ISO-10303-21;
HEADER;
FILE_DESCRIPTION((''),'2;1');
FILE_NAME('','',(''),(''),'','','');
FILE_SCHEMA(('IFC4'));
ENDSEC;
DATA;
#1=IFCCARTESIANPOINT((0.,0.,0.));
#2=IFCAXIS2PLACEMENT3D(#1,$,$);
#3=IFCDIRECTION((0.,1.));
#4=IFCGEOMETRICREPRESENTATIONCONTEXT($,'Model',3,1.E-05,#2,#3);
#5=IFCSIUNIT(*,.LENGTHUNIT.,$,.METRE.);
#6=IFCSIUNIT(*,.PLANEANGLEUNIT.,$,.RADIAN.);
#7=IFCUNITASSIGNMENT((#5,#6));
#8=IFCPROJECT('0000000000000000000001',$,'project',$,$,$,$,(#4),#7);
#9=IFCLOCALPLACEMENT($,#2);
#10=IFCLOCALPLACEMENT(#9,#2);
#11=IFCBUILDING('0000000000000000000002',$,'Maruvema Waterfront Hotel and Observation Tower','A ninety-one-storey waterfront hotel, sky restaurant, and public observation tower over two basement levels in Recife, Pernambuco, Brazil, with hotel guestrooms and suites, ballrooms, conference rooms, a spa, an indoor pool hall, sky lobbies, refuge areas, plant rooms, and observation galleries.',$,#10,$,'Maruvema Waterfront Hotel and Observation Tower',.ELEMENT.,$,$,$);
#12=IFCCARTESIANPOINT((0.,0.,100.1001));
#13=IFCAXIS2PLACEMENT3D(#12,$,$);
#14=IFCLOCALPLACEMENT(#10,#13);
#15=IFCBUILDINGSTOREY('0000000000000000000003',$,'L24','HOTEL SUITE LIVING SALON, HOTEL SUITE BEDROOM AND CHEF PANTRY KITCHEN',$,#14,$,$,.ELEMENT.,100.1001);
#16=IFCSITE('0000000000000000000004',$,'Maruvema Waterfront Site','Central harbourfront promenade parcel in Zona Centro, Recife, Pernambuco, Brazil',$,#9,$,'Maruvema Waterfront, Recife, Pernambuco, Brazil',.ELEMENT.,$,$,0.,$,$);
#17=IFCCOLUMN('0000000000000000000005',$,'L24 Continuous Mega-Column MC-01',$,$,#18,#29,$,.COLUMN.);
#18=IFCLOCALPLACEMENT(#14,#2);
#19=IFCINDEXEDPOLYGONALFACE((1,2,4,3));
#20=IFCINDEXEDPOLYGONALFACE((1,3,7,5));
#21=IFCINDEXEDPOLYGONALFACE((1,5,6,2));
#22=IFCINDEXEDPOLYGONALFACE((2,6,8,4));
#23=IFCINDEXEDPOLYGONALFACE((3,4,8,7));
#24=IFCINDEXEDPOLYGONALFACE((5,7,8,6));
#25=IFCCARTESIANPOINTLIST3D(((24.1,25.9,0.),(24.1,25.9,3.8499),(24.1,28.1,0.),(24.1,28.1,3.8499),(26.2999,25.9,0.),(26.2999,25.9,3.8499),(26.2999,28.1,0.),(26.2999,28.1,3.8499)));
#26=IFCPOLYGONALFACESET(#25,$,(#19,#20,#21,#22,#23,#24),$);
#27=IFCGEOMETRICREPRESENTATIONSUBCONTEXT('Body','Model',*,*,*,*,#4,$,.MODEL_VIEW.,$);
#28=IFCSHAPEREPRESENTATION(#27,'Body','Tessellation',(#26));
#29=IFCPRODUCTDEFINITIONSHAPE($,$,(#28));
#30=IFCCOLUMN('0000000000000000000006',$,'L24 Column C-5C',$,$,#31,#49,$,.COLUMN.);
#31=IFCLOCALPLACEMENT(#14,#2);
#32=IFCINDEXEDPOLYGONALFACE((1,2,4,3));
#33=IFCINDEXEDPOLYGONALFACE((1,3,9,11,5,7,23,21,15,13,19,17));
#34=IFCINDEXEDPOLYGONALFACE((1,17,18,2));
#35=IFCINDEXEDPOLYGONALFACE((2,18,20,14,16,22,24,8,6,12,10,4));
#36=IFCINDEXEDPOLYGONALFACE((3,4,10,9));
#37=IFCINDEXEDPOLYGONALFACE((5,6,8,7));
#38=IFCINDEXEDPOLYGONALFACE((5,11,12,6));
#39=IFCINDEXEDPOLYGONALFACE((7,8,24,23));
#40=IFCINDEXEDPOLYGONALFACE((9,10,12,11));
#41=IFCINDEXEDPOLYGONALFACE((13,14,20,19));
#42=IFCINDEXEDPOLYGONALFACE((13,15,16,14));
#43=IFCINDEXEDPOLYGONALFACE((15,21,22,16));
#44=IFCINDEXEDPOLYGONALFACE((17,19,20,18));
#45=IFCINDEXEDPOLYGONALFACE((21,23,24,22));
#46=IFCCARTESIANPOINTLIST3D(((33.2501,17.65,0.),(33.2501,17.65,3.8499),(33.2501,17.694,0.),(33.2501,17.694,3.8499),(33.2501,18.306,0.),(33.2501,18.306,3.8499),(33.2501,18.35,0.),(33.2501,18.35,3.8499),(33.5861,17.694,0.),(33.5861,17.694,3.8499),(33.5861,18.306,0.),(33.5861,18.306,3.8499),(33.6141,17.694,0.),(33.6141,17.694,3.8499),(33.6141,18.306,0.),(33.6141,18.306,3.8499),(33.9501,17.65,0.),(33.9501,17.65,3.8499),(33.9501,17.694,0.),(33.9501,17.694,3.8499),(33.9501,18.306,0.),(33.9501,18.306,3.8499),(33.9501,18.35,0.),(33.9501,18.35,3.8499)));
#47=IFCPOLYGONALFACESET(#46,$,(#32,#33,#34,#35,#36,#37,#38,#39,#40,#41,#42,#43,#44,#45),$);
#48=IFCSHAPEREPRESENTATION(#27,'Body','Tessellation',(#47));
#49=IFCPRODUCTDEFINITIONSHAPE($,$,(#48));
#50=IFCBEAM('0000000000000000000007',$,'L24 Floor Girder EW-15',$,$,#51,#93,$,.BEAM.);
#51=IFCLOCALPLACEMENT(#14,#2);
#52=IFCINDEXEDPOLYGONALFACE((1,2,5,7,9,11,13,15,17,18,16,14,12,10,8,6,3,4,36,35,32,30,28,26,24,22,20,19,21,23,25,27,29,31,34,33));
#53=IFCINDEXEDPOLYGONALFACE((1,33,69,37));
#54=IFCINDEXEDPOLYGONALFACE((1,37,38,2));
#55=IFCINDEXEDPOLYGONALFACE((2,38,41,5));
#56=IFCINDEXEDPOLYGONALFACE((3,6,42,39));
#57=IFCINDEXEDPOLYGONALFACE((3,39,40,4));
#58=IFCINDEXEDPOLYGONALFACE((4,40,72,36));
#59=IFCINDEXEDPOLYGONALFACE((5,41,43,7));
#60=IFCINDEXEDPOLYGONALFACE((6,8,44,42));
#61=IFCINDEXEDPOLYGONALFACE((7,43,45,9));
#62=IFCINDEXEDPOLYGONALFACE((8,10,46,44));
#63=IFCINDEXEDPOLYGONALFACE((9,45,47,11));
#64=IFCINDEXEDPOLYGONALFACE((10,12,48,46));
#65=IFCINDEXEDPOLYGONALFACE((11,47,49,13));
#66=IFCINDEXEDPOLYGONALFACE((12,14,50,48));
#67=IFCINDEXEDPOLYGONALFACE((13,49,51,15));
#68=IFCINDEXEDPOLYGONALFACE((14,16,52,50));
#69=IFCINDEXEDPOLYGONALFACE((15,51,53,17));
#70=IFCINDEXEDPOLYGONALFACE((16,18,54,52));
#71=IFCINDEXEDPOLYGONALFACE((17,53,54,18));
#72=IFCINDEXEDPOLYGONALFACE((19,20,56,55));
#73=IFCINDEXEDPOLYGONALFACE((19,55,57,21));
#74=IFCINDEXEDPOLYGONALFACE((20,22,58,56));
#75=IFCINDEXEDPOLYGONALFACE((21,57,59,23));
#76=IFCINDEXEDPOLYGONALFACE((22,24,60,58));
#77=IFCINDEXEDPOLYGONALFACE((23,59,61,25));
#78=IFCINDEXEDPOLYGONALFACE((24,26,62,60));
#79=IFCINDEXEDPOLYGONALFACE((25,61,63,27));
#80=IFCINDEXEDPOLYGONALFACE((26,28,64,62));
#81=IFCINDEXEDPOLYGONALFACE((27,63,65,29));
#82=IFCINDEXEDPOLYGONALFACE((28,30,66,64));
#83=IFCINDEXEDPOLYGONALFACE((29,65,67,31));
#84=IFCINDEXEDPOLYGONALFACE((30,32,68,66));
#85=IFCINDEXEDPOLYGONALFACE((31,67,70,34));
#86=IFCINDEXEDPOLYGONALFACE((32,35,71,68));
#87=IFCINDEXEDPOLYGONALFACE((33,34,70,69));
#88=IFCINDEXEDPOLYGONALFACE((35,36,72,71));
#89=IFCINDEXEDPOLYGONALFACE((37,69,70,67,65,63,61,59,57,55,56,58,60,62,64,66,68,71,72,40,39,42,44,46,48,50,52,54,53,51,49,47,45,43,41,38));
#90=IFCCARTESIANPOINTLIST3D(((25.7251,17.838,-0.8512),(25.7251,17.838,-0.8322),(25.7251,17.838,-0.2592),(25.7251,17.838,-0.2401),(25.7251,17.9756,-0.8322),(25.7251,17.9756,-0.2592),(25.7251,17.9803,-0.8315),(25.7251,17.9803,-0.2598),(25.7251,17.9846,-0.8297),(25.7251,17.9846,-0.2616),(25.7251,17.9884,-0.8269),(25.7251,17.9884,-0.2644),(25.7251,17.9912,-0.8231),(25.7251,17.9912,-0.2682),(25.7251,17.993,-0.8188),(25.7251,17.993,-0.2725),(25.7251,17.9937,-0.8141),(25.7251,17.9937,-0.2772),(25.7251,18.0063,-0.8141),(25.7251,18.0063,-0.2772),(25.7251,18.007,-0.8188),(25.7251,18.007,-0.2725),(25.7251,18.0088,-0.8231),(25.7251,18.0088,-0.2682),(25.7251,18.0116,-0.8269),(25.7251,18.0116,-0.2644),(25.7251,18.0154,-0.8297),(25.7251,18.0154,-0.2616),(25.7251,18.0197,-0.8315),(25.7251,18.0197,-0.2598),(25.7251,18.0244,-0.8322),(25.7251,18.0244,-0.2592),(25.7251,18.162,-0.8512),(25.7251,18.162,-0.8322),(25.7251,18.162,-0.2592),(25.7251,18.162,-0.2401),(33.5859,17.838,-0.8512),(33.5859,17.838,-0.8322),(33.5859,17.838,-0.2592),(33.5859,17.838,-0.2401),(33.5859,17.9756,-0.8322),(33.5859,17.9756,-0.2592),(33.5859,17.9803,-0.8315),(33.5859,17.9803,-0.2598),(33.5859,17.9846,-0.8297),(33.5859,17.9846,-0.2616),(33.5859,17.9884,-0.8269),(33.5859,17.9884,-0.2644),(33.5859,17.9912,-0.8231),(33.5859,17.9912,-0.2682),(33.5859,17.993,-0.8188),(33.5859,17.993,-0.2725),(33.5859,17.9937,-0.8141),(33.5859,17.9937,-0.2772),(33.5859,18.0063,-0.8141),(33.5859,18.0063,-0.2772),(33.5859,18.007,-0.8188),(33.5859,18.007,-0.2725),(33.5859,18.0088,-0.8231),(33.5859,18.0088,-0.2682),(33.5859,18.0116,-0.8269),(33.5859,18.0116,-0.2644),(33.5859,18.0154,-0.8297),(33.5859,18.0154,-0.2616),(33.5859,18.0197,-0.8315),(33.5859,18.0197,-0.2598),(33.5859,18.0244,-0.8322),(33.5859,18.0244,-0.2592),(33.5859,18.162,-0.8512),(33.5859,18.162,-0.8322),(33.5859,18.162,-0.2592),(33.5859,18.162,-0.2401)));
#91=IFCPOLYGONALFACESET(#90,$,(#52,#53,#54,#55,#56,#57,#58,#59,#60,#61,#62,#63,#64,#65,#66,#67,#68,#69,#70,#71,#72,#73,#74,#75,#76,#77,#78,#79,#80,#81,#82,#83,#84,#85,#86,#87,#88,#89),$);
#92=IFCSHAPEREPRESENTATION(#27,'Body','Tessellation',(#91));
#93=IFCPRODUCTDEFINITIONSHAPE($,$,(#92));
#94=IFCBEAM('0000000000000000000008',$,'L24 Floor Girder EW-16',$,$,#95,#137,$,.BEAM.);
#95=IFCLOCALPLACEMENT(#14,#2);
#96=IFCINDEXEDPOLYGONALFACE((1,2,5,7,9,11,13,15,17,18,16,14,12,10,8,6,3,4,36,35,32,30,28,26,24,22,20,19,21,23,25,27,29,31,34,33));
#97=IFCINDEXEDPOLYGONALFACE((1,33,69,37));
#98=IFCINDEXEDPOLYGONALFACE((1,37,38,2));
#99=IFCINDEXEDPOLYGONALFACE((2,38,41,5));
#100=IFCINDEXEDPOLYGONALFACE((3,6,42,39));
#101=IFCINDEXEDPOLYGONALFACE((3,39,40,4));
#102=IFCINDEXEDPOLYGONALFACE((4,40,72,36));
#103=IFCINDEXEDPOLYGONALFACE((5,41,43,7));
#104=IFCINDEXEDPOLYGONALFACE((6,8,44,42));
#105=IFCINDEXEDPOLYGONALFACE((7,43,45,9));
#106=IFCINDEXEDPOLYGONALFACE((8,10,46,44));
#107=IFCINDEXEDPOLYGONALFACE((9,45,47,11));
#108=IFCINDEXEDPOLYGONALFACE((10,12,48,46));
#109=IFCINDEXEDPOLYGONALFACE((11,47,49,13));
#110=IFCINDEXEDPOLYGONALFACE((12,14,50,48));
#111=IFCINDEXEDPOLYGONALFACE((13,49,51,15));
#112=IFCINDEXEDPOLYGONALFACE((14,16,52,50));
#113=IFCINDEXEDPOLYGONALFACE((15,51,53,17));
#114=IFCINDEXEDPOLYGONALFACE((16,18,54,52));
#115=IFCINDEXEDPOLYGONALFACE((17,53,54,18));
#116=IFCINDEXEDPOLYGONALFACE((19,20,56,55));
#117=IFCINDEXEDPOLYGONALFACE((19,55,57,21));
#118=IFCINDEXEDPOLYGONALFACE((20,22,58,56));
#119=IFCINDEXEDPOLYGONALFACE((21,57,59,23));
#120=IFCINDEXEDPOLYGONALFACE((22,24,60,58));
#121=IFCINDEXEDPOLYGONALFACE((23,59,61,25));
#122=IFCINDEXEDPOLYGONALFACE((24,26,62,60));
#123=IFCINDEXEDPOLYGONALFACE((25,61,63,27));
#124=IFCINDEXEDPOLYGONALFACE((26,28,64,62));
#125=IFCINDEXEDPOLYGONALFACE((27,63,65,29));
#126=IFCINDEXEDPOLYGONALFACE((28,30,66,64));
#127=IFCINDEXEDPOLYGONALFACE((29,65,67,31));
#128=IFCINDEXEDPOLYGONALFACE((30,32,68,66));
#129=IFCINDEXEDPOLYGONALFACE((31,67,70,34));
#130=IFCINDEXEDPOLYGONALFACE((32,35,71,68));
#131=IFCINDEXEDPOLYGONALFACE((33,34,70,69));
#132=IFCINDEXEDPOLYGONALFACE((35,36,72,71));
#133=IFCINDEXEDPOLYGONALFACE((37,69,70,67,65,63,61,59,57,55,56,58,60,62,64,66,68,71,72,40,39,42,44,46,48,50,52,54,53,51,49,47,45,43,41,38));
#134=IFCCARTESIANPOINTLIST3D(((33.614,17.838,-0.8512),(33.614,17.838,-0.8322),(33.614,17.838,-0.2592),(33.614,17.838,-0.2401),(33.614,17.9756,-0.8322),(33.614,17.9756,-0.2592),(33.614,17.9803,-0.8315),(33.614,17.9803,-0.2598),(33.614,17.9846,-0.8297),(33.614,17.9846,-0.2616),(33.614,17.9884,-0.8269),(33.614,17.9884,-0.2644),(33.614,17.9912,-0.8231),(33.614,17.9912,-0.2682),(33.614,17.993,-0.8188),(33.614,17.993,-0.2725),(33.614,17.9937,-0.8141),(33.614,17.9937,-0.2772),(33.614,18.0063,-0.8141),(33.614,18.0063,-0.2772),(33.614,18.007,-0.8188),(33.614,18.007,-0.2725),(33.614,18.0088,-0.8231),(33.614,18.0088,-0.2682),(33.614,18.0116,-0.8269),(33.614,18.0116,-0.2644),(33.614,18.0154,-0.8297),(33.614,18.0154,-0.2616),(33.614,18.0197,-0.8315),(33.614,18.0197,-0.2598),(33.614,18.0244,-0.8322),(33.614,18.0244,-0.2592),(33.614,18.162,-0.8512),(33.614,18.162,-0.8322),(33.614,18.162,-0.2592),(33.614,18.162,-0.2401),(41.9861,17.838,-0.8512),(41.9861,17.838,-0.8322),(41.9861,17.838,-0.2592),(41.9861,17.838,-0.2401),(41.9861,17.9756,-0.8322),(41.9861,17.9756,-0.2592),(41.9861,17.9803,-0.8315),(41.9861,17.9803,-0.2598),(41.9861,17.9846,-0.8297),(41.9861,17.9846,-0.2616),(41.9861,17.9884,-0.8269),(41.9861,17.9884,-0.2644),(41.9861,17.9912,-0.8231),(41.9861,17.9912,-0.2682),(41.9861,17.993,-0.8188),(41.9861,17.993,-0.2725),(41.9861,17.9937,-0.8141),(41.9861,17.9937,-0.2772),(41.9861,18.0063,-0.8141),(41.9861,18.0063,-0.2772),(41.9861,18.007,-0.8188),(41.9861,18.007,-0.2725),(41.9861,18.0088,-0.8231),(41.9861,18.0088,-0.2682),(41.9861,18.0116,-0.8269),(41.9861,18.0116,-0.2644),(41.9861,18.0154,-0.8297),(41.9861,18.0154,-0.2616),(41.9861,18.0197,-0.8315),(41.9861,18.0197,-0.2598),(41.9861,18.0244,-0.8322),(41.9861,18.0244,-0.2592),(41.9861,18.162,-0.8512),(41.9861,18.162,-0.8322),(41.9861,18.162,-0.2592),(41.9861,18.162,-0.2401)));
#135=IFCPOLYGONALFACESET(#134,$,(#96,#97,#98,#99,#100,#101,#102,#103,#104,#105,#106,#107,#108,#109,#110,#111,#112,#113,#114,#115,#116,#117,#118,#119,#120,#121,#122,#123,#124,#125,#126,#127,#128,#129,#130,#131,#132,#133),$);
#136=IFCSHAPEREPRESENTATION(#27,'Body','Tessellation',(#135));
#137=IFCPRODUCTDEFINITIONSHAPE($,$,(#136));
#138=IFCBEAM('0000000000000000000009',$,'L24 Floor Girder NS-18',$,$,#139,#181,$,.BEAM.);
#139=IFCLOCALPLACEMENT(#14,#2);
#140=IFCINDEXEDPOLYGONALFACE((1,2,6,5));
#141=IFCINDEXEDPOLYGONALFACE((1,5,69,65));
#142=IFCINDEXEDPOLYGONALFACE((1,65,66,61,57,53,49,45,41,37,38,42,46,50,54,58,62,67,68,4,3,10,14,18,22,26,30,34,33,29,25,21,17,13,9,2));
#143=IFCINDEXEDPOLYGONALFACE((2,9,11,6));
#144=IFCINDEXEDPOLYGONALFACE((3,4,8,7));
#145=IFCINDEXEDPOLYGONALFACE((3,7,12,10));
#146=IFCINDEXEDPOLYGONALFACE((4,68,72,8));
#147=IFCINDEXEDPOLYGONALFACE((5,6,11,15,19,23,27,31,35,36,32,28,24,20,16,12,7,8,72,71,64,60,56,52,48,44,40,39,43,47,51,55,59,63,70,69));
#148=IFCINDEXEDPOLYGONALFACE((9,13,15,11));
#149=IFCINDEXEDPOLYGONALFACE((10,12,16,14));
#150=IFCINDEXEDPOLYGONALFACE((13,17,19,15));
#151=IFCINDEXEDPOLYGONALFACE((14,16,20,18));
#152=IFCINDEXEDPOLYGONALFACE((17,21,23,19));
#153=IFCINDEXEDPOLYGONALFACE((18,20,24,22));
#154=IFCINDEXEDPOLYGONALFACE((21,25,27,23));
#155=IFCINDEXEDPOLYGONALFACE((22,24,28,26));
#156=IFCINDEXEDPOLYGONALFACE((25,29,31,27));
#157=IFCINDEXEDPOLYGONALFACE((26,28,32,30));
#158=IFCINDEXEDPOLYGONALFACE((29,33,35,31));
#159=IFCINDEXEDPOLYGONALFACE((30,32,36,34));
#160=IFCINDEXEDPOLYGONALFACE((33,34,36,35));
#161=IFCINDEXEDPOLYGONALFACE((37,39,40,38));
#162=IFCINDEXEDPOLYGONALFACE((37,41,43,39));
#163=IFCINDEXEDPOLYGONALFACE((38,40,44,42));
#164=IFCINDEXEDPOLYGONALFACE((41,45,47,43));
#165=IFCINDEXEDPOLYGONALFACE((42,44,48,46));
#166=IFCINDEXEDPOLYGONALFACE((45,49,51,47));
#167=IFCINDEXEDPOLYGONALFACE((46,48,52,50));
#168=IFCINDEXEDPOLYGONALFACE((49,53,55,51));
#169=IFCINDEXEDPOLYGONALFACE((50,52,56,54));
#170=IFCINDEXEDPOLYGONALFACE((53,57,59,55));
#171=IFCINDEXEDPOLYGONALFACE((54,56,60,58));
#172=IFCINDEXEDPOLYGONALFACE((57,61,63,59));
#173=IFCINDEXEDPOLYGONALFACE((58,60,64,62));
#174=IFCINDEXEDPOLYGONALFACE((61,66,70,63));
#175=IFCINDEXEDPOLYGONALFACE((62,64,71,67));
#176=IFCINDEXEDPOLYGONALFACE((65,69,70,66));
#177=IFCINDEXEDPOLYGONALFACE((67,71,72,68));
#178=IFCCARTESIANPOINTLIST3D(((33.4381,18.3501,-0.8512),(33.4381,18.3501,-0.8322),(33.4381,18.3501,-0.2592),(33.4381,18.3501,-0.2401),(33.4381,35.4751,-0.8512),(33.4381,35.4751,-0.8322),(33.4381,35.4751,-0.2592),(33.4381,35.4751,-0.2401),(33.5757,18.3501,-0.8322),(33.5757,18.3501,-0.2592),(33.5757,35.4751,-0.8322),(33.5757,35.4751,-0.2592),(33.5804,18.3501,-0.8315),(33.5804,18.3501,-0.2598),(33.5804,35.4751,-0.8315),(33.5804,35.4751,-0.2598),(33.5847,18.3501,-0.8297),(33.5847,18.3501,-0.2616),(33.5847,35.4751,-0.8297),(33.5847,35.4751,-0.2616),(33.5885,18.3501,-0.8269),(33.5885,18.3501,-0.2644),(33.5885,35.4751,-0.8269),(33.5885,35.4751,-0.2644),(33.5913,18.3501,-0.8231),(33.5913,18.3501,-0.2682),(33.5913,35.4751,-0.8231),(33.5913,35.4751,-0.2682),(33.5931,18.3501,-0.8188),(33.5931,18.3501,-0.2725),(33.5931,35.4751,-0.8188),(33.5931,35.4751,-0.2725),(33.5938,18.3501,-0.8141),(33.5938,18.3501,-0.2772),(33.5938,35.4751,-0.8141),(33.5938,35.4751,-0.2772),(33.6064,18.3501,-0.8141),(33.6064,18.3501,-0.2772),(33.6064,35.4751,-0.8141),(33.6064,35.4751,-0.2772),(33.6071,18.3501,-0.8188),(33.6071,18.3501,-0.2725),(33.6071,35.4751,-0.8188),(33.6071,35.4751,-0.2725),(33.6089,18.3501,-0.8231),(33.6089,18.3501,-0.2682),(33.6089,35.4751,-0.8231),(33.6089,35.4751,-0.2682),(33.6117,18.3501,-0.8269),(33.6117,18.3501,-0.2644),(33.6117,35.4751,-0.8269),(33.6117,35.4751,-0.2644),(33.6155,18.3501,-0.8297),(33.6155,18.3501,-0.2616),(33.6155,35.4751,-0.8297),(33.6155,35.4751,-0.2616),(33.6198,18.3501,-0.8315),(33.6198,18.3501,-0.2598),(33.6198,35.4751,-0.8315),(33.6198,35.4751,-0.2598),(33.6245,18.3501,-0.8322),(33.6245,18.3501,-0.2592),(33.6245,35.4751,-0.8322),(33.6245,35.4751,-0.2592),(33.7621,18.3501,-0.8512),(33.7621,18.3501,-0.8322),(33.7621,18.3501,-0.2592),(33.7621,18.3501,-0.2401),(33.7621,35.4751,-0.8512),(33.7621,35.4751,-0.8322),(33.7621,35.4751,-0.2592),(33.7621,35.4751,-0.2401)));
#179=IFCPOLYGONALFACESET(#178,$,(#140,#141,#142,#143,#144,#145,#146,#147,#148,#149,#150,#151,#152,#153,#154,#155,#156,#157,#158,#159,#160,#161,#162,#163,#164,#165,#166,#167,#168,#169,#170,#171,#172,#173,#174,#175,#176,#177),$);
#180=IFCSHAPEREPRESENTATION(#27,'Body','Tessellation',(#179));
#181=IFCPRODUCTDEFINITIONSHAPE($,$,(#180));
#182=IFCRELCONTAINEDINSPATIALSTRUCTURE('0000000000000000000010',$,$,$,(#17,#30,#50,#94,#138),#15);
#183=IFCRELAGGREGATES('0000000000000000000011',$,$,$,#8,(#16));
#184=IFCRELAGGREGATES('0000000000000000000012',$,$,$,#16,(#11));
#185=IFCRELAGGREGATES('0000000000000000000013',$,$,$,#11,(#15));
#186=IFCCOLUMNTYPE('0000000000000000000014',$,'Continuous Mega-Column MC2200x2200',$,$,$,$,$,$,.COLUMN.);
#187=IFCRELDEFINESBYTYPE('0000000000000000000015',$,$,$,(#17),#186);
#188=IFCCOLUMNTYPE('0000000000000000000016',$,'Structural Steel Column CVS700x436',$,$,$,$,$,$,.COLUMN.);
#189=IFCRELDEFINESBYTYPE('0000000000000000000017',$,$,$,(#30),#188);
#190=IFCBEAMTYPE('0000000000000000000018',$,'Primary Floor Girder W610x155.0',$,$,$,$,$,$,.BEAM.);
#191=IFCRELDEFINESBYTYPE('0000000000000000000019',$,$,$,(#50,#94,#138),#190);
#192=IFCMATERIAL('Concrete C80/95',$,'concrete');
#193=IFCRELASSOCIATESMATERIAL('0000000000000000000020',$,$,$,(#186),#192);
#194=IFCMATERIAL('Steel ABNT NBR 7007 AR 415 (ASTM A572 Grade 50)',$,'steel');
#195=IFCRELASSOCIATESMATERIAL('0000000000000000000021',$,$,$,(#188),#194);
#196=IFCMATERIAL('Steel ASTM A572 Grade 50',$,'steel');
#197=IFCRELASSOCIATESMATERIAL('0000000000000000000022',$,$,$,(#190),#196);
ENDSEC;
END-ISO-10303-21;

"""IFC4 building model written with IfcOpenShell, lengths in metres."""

from ifc_helpers import new_model, si_unit, direction, frame, origin, origin_2d, place, context, subcontext, project, spatial, rectangle, i_section, extrude, material, material_profile, profile_set, type_object, element, save


model = new_model("IFC4")

# Units and contexts
model_context = context("Model", 3, precision=1e-05, world=origin(), true_north=direction((0.0, 1.0)))
body_context = subcontext(model_context, "Body", "Model", "MODEL_VIEW")
ifc_project = project(units=[si_unit("LENGTHUNIT", "METRE"), si_unit("PLANEANGLEUNIT", "RADIAN")], contexts=[model_context])

# Site, building, storey
site_placement = place(None, origin())
site = spatial("IfcSite", under=ifc_project, at=site_placement, Name="Maruvema Waterfront Site", Description="Central harbourfront promenade parcel in Zona Centro, Recife, Pernambuco, Brazil", LongName="Maruvema Waterfront, Recife, Pernambuco, Brazil", CompositionType="ELEMENT", RefElevation=0.0)
building_placement = place(site_placement, origin())
building = spatial("IfcBuilding", under=site, at=building_placement, Name="Maruvema Waterfront Hotel and Observation Tower", Description="A ninety-one-storey waterfront hotel, sky restaurant, and public observation tower over two basement levels in Recife, Pernambuco, Brazil, with hotel guestrooms and suites, ballrooms, conference rooms, a spa, an indoor pool hall, sky lobbies, refuge areas, plant rooms, and observation galleries.", LongName="Maruvema Waterfront Hotel and Observation Tower", CompositionType="ELEMENT")
storey_placement = place(building_placement, frame((0.0, 0.0, 100.1001)))
storey = spatial("IfcBuildingStorey", under=building, at=storey_placement, Name="L24", Description="HOTEL SUITE LIVING SALON, HOTEL SUITE BEDROOM AND CHEF PANTRY KITCHEN", CompositionType="ELEMENT", Elevation=100.1001)

# Columns
ifc_material_1 = material(Name="Concrete C80/95", Category="concrete")
ifc_material_profile_1 = material_profile(ifc_material_1, rectangle(XDim=2.2, YDim=2.2, at=origin_2d()), Name="MC2200x2200")
ifc_profile_set_1 = profile_set([ifc_material_profile_1], Name="Concrete C80/95")
column_type_1 = type_object("IfcColumnType", Name="Continuous Mega-Column MC2200x2200", PredefinedType="COLUMN", material=ifc_profile_set_1)
column_1_placement = place(storey_placement, frame((25.2, 27.0, 0.0), z_axis=(0.0, 0.0, 1.0), x_axis=(1.0, 0.0, 0.0)))
element("IfcColumn", 1, at=column_1_placement, inside=storey, type_object=column_type_1, Name="L24 Continuous Mega-Column MC-01", PredefinedType="COLUMN", context=body_context, shape_type="SweptSolid", body=[
    extrude(rectangle(XDim=2.2, YDim=2.2, at=origin_2d()), origin(), (0.0, 0.0, 1.0), 3.8499),
])
ifc_material_2 = material(Name="Steel ABNT NBR 7007 AR 415 (ASTM A572 Grade 50)", Category="steel")
ifc_material_profile_2 = material_profile(ifc_material_2, i_section(OverallWidth=0.7, OverallDepth=0.7, WebThickness=0.0281, FlangeThickness=0.0439, at=origin_2d()), Name="CVS700x436")
ifc_profile_set_2 = profile_set([ifc_material_profile_2], Name="Steel ABNT NBR 7007 AR 415 (ASTM A572 Grade 50)")
column_type_2 = type_object("IfcColumnType", Name="Structural Steel Column CVS700x436", PredefinedType="COLUMN", material=ifc_profile_set_2)
column_2_placement = place(storey_placement, frame((33.6001, 18.0, 0.0), z_axis=(0.0, 0.0, 1.0), x_axis=(1.0, 0.0, 0.0)))
element("IfcColumn", 2, at=column_2_placement, inside=storey, type_object=column_type_2, Name="L24 Column C-5C", PredefinedType="COLUMN", context=body_context, shape_type="SweptSolid", body=[
    extrude(i_section(OverallWidth=0.7, OverallDepth=0.7, WebThickness=0.0281, FlangeThickness=0.0439, at=origin_2d()), origin(), (0.0, 0.0, 1.0), 3.8499),
])

# Beams
ifc_material_3 = material(Name="Steel ASTM A572 Grade 50", Category="steel")
ifc_material_profile_3 = material_profile(ifc_material_3, i_section(OverallWidth=0.324, OverallDepth=0.6111, WebThickness=0.0127, FlangeThickness=0.019, FilletRadius=0.0181, at=origin_2d()), Name="W610x155.0")
ifc_profile_set_3 = profile_set([ifc_material_profile_3], Name="Steel ASTM A572 Grade 50")
beam_type_1 = type_object("IfcBeamType", Name="Primary Floor Girder W610x155.0", PredefinedType="BEAM", material=ifc_profile_set_3)
beam_1_placement = place(storey_placement, frame((25.7251, 18.0, -0.5457), z_axis=(1.0, 0.0, 0.0), x_axis=(0.0, 1.0, 0.0)))
element("IfcBeam", 3, at=beam_1_placement, inside=storey, type_object=beam_type_1, Name="L24 Floor Girder EW-15", PredefinedType="BEAM", context=body_context, shape_type="SweptSolid", body=[
    extrude(i_section(OverallWidth=0.324, OverallDepth=0.6111, WebThickness=0.0127, FlangeThickness=0.019, FilletRadius=0.0181, at=origin_2d()), origin(), (0.0, 0.0, 1.0), 7.8608),
])
beam_2_placement = place(storey_placement, frame((33.614, 18.0, -0.5457), z_axis=(1.0, 0.0, 0.0), x_axis=(0.0, 1.0, 0.0)))
element("IfcBeam", 4, at=beam_2_placement, inside=storey, type_object=beam_type_1, Name="L24 Floor Girder EW-16", PredefinedType="BEAM", context=body_context, shape_type="SweptSolid", body=[
    extrude(i_section(OverallWidth=0.324, OverallDepth=0.6111, WebThickness=0.0127, FlangeThickness=0.019, FilletRadius=0.0181, at=origin_2d()), origin(), (0.0, 0.0, 1.0), 8.3721),
])
beam_3_placement = place(storey_placement, frame((33.6001, 18.3501, -0.5457), z_axis=(0.0, 1.0, 0.0), x_axis=(-1.0, 0.0, 0.0)))
element("IfcBeam", 5, at=beam_3_placement, inside=storey, type_object=beam_type_1, Name="L24 Floor Girder NS-18", PredefinedType="BEAM", context=body_context, shape_type="SweptSolid", body=[
    extrude(i_section(OverallWidth=0.324, OverallDepth=0.6111, WebThickness=0.0127, FlangeThickness=0.019, FilletRadius=0.0181, at=origin_2d()), origin(), (0.0, 0.0, 1.0), 17.125),
])

save(model, "model.ifc")
